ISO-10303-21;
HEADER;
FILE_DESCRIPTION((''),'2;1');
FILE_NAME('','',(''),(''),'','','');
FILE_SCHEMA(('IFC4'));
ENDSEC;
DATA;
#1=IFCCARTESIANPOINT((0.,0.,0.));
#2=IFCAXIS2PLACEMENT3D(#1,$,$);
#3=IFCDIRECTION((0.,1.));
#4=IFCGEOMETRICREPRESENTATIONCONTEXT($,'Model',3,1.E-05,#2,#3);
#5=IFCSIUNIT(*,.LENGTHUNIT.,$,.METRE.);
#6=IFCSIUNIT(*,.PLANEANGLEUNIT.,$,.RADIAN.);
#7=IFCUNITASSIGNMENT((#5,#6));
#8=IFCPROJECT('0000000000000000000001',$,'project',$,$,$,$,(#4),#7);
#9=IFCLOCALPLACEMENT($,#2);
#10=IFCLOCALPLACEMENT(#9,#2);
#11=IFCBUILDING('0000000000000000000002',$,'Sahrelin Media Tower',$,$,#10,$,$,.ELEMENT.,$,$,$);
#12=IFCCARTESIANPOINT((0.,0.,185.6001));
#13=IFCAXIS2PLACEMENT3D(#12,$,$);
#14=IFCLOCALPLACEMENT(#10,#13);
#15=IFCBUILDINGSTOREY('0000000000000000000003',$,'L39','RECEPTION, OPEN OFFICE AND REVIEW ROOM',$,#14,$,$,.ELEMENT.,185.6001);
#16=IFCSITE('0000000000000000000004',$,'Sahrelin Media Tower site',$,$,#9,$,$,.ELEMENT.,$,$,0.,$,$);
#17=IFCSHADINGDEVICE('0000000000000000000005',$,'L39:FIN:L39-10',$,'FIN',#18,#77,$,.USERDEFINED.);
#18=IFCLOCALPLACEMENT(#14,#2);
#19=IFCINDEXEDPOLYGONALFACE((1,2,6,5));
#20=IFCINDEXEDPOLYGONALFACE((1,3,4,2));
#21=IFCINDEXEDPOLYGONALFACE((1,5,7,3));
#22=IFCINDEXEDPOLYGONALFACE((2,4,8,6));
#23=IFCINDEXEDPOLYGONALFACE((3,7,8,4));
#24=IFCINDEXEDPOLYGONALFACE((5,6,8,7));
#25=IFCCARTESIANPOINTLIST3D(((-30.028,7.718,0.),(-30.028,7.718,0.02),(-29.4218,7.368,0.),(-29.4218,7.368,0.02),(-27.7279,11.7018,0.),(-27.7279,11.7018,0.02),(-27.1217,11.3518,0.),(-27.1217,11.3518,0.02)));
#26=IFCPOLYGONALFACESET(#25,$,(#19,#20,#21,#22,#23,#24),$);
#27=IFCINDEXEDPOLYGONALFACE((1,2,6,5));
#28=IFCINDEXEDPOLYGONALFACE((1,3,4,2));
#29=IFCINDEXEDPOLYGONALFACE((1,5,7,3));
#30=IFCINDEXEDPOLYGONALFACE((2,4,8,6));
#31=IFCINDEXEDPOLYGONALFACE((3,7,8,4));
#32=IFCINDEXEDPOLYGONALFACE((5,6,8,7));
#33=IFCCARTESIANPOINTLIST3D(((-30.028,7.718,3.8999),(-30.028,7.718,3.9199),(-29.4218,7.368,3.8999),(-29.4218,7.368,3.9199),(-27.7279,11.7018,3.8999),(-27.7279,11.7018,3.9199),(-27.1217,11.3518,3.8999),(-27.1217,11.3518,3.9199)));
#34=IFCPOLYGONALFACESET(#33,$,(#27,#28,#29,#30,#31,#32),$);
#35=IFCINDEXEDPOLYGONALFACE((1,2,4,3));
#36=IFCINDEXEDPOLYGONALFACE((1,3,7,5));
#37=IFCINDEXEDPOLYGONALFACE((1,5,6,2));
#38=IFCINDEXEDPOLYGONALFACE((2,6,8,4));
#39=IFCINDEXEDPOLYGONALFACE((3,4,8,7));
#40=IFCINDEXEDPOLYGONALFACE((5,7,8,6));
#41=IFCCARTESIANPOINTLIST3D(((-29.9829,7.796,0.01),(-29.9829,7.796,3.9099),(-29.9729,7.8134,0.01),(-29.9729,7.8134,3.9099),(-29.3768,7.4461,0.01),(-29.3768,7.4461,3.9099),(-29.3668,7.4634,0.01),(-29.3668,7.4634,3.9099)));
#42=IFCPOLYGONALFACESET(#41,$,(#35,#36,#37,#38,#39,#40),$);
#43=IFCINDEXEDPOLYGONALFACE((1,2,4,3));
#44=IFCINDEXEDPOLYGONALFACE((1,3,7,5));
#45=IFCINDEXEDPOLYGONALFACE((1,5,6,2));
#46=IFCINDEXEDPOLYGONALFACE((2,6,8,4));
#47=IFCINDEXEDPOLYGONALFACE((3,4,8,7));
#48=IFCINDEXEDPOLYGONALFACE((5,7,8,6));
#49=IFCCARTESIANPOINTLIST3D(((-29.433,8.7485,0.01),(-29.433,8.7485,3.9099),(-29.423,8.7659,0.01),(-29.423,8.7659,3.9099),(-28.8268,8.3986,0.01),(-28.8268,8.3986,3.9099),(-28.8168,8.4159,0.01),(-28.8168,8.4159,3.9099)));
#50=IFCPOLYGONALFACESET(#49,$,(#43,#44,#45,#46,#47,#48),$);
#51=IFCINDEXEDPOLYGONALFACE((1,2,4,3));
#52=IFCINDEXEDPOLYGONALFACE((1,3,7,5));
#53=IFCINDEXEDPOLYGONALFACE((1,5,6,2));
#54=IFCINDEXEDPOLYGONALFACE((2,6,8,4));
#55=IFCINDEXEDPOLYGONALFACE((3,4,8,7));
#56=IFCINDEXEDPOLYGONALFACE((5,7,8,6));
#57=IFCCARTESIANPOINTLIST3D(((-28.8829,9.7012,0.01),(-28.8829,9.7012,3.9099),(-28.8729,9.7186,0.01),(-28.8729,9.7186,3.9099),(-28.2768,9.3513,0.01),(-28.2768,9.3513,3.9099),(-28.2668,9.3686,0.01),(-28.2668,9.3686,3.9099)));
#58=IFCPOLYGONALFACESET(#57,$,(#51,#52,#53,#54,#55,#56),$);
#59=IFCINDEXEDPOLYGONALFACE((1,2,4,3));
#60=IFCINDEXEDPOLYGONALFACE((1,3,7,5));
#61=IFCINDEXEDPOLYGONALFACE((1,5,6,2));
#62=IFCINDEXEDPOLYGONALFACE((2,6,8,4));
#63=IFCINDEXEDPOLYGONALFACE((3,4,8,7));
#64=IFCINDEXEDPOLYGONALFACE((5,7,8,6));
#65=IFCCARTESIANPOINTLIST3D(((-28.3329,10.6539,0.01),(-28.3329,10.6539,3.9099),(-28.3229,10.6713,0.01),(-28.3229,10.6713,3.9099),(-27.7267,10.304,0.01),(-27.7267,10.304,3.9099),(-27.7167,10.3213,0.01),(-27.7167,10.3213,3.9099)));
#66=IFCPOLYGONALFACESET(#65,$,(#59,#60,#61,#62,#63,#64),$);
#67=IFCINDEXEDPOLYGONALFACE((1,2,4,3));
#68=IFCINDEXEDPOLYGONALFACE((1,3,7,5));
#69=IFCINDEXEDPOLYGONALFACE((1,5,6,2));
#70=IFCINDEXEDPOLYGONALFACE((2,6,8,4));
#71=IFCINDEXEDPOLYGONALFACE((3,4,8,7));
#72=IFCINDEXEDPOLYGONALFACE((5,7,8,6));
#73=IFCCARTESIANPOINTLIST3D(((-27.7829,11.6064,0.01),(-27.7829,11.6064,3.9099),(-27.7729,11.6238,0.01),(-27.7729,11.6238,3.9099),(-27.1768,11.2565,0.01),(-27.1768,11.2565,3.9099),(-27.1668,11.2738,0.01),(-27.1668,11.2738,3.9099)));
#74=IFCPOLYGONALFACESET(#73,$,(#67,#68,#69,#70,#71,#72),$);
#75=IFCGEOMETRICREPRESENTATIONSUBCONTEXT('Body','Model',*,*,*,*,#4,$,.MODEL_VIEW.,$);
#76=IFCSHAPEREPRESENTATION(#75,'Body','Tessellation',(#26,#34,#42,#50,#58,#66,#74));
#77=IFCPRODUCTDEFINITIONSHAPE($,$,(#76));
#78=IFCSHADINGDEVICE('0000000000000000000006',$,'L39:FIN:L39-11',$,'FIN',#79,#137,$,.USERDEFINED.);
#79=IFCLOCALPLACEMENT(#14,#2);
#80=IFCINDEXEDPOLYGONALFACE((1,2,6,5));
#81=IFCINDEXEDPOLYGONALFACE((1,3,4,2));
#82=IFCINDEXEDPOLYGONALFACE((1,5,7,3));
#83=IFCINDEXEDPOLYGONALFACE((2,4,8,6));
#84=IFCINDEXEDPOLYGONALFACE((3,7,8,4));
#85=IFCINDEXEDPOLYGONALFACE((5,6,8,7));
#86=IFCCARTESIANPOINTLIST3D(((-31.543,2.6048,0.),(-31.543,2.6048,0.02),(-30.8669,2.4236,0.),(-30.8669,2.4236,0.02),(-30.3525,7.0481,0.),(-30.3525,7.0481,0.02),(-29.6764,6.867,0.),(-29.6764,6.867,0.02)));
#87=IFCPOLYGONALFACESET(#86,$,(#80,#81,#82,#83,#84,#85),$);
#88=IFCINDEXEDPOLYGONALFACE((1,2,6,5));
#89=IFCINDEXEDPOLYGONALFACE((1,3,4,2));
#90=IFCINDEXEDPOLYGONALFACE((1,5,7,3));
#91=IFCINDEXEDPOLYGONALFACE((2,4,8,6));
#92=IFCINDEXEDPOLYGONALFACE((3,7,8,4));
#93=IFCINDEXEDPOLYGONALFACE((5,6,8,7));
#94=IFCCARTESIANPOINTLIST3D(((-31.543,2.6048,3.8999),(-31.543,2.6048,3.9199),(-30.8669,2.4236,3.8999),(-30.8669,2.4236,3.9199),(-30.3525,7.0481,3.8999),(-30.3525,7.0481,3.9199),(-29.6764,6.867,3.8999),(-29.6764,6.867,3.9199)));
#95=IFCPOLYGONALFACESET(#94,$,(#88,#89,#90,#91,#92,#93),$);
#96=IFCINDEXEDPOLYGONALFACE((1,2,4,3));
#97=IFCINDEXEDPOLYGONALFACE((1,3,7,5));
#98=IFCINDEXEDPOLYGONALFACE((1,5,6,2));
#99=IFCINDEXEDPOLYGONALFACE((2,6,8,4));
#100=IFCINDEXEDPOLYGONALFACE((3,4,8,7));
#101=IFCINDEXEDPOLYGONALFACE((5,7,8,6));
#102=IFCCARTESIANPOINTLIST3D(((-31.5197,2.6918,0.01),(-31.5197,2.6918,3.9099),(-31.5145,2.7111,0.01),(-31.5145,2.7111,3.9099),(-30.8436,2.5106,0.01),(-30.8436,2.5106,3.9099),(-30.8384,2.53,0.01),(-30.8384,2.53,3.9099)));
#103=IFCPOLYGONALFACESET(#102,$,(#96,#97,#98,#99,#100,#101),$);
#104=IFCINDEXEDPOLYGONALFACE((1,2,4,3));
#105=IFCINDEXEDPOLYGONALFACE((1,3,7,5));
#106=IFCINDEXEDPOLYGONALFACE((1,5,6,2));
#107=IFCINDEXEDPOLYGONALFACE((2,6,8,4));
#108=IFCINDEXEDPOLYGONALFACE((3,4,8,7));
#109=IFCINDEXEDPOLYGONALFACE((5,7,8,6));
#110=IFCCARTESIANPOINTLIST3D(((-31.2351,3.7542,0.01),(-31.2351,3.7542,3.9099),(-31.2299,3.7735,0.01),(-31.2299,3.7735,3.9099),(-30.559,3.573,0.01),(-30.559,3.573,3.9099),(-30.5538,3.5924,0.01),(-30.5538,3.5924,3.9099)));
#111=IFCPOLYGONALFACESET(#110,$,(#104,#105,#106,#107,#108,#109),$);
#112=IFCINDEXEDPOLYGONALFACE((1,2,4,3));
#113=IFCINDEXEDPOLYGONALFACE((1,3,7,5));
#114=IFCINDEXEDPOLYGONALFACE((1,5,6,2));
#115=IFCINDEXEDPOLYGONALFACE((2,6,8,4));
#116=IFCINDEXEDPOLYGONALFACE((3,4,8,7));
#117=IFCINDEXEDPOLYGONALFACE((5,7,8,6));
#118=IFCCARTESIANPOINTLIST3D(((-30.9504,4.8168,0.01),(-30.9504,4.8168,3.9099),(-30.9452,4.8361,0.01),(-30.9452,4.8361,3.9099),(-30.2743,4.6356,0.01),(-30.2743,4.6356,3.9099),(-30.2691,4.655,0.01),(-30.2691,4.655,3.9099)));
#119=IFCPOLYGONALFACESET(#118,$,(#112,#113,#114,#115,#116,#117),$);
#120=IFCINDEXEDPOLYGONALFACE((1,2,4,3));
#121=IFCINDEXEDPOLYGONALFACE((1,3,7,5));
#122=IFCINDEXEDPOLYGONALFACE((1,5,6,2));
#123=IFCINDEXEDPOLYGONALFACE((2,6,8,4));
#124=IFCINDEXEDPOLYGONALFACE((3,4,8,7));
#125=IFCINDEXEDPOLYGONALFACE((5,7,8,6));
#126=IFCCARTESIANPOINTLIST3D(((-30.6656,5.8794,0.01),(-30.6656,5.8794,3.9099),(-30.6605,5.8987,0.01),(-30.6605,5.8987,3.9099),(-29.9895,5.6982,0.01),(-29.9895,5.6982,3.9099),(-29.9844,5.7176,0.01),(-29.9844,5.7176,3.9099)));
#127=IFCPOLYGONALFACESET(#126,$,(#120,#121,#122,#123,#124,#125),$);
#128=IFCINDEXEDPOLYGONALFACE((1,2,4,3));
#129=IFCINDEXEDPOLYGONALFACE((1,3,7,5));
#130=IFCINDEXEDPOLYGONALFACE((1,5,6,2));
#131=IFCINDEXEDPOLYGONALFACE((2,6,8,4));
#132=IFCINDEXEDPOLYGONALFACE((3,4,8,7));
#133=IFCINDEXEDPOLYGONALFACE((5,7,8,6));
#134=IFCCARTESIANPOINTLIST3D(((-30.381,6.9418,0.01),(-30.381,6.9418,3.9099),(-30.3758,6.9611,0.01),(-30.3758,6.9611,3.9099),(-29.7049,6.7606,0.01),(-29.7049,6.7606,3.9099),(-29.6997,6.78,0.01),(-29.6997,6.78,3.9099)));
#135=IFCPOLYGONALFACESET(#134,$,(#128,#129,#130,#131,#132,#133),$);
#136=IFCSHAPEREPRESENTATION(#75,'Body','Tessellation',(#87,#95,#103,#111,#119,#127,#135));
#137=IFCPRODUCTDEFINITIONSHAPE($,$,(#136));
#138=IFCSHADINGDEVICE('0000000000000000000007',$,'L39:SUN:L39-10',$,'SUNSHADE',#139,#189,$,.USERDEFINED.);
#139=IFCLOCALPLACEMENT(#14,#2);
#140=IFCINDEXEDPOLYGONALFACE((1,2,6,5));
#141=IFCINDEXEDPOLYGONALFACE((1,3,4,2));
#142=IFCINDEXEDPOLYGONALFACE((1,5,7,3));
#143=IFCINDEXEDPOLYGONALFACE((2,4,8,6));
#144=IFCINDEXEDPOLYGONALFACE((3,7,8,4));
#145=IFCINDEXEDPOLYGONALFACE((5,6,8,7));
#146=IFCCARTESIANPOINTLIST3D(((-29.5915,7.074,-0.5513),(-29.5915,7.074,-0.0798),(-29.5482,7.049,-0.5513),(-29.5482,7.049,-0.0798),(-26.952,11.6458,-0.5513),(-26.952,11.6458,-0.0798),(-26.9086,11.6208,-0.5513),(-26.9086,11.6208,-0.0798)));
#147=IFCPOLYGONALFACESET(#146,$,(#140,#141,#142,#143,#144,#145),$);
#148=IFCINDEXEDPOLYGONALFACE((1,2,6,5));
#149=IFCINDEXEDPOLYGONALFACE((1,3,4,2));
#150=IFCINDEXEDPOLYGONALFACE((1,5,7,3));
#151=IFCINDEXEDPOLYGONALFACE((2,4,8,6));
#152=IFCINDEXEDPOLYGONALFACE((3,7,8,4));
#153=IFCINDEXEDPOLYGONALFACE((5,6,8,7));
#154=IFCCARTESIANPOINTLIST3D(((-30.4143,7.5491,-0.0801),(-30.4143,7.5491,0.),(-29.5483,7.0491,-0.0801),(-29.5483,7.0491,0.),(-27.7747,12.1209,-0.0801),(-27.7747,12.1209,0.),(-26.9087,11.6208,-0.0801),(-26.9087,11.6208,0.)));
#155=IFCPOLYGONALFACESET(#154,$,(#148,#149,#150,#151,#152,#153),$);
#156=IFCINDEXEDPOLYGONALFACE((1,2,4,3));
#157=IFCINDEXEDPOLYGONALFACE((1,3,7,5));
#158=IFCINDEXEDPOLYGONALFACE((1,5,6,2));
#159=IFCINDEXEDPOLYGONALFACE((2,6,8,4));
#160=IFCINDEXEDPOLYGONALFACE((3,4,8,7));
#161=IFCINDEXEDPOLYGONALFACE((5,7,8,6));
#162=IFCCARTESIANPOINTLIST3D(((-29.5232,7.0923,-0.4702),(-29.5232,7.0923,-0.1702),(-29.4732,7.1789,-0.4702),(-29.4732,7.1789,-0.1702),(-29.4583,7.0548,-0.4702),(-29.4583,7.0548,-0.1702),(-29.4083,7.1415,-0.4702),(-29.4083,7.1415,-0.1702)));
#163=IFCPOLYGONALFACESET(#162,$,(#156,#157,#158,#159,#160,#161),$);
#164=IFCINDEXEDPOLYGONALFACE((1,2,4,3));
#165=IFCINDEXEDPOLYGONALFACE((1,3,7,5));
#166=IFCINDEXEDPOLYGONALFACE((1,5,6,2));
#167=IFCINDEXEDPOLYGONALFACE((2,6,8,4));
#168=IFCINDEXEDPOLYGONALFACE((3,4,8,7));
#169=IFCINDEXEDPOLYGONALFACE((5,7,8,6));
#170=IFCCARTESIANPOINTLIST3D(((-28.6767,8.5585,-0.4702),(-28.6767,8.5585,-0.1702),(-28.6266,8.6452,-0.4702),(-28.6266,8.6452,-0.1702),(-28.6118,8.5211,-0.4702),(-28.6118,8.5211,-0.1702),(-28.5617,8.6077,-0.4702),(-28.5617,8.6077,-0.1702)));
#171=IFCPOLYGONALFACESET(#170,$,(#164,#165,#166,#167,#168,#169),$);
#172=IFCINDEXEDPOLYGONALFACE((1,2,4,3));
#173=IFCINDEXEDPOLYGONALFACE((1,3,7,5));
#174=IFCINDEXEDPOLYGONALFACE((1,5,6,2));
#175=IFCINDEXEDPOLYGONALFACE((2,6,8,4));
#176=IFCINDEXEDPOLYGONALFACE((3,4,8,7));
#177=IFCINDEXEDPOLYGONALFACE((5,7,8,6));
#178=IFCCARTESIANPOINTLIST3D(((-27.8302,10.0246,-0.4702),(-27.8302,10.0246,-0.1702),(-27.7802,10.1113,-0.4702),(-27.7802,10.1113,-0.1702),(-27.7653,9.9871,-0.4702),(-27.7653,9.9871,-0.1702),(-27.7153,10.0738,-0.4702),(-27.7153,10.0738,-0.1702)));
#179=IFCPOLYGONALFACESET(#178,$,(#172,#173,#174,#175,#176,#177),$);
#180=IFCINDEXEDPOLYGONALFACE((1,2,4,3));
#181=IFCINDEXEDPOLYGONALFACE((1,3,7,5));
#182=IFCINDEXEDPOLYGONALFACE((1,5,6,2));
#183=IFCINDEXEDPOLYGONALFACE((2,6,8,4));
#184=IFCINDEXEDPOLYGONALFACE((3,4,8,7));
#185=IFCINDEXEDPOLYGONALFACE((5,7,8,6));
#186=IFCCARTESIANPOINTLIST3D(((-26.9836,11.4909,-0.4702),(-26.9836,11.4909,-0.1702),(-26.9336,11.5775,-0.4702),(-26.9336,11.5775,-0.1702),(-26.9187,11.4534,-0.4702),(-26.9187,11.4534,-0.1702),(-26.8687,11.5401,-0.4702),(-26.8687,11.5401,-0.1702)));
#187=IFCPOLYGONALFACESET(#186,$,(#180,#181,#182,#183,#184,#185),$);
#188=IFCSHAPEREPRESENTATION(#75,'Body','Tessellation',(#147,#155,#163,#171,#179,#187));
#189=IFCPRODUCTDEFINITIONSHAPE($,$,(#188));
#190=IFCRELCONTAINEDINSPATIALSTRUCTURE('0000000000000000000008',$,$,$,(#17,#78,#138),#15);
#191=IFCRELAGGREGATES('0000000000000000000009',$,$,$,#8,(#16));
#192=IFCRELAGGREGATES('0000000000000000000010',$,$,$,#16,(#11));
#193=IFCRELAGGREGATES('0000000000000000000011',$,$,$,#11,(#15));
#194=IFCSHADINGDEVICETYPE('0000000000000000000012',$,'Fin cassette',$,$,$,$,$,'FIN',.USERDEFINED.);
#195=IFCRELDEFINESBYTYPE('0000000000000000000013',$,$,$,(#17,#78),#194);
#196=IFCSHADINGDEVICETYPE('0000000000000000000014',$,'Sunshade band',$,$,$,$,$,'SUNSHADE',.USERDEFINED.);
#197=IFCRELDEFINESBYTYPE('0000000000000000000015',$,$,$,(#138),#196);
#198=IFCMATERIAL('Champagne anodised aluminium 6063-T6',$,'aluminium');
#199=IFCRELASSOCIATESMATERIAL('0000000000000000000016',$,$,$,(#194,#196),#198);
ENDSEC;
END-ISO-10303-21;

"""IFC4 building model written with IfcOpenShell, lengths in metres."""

from ifc_helpers import new_model, si_unit, direction, frame, origin, origin_2d, place, context, subcontext, project, spatial, rectangle, extrude, material, type_object, element, save


model = new_model("IFC4")

# Units and contexts
model_context = context("Model", 3, precision=1e-05, world=origin(), true_north=direction((0.0, 1.0)))
body_context = subcontext(model_context, "Body", "Model", "MODEL_VIEW")
ifc_project = project(units=[si_unit("LENGTHUNIT", "METRE"), si_unit("PLANEANGLEUNIT", "RADIAN")], contexts=[model_context])

# Site, building, storey
site_placement = place(None, origin())
site = spatial("IfcSite", under=ifc_project, at=site_placement, Name="Sahrelin Media Tower site", CompositionType="ELEMENT", RefElevation=0.0)
building_placement = place(site_placement, origin())
building = spatial("IfcBuilding", under=site, at=building_placement, Name="Sahrelin Media Tower", CompositionType="ELEMENT")
storey_placement = place(building_placement, frame((0.0, 0.0, 185.6001)))
storey = spatial("IfcBuildingStorey", under=building, at=storey_placement, Name="L39", Description="RECEPTION, OPEN OFFICE AND REVIEW ROOM", CompositionType="ELEMENT", Elevation=185.6001)

# Shared definitions
ifc_material_1 = material(Name="Champagne anodised aluminium 6063-T6", Category="aluminium")

# Shading devices
shading_device_type_1 = type_object("IfcShadingDeviceType", Name="Fin cassette", ElementType="FIN", PredefinedType="USERDEFINED", material=ifc_material_1)
placement_1 = place(storey_placement, frame((-28.2112, 9.325, 0.0), z_axis=(0.0, 0.0, 1.0), x_axis=(0.500011, 0.866019, 0.0)))
element("IfcShadingDevice", 1, at=placement_1, inside=storey, type_object=shading_device_type_1, Name="L39:FIN:L39-10", ObjectType="FIN", PredefinedType="USERDEFINED", context=body_context, shape_type="SweptSolid", body=[
    extrude(rectangle(XDim=4.6001, YDim=0.7, at=origin_2d()), frame((0.0, 0.4199, 0.0)), (0.0, 0.0, 1.0), 0.02),
    extrude(rectangle(XDim=4.6001, YDim=0.7, at=origin_2d()), frame((0.0, 0.4199, 3.8999)), (0.0, 0.0, 1.0), 0.02),
    extrude(rectangle(XDim=0.02, YDim=0.7, at=origin_2d()), frame((-2.2, 0.4199, 0.01), z_axis=(0.0, 0.0, 1.0), x_axis=(1.0, 0.0, 0.0)), (0.0, 0.0, 1.0), 3.8999),
    extrude(rectangle(XDim=0.02, YDim=0.7, at=origin_2d()), frame((-1.1001, 0.4199, 0.01), z_axis=(0.0, 0.0, 1.0), x_axis=(1.0, 0.0, 0.0)), (0.0, 0.0, 1.0), 3.8999),
    extrude(rectangle(XDim=0.02, YDim=0.7, at=origin_2d()), frame((0.0, 0.4199, 0.01), z_axis=(0.0, 0.0, 1.0), x_axis=(1.0, 0.0, 0.0)), (0.0, 0.0, 1.0), 3.8999),
    extrude(rectangle(XDim=0.02, YDim=0.7, at=origin_2d()), frame((1.1001, 0.4199, 0.01), z_axis=(0.0, 0.0, 1.0), x_axis=(1.0, 0.0, 0.0)), (0.0, 0.0, 1.0), 3.8999),
    extrude(rectangle(XDim=0.02, YDim=0.7, at=origin_2d()), frame((2.2, 0.4199, 0.01), z_axis=(0.0, 0.0, 1.0), x_axis=(1.0, 0.0, 0.0)), (0.0, 0.0, 1.0), 3.8999),
])
placement_2 = place(storey_placement, frame((-30.2041, 4.6272, 0.0), z_axis=(0.0, 0.0, 1.0), x_axis=(0.258808, 0.965929, 0.0)))
element("IfcShadingDevice", 2, at=placement_2, inside=storey, type_object=shading_device_type_1, Name="L39:FIN:L39-11", ObjectType="FIN", PredefinedType="USERDEFINED", context=body_context, shape_type="SweptSolid", body=[
    extrude(rectangle(XDim=4.6001, YDim=0.7, at=origin_2d()), frame((0.0, 0.4199, 0.0)), (0.0, 0.0, 1.0), 0.02),
    extrude(rectangle(XDim=4.6001, YDim=0.7, at=origin_2d()), frame((0.0, 0.4199, 3.8999)), (0.0, 0.0, 1.0), 0.02),
    extrude(rectangle(XDim=0.02, YDim=0.7, at=origin_2d()), frame((-2.2, 0.4199, 0.01), z_axis=(0.0, 0.0, 1.0), x_axis=(1.0, 0.0, 0.0)), (0.0, 0.0, 1.0), 3.8999),
    extrude(rectangle(XDim=0.02, YDim=0.7, at=origin_2d()), frame((-1.1001, 0.4199, 0.01), z_axis=(0.0, 0.0, 1.0), x_axis=(1.0, 0.0, 0.0)), (0.0, 0.0, 1.0), 3.8999),
    extrude(rectangle(XDim=0.02, YDim=0.7, at=origin_2d()), frame((0.0, 0.4199, 0.01), z_axis=(0.0, 0.0, 1.0), x_axis=(1.0, 0.0, 0.0)), (0.0, 0.0, 1.0), 3.8999),
    extrude(rectangle(XDim=0.02, YDim=0.7, at=origin_2d()), frame((1.1001, 0.4199, 0.01), z_axis=(0.0, 0.0, 1.0), x_axis=(1.0, 0.0, 0.0)), (0.0, 0.0, 1.0), 3.8999),
    extrude(rectangle(XDim=0.02, YDim=0.7, at=origin_2d()), frame((2.2, 0.4199, 0.01), z_axis=(0.0, 0.0, 1.0), x_axis=(1.0, 0.0, 0.0)), (0.0, 0.0, 1.0), 3.8999),
])
shading_device_type_2 = type_object("IfcShadingDeviceType", Name="Sunshade band", ElementType="SUNSHADE", PredefinedType="USERDEFINED", material=ifc_material_1)
element("IfcShadingDevice", 3, at=placement_1, inside=storey, type_object=shading_device_type_2, Name="L39:SUN:L39-10", ObjectType="SUNSHADE", PredefinedType="USERDEFINED", context=body_context, shape_type="SweptSolid", body=[
    extrude(rectangle(XDim=5.2791, YDim=0.05, at=origin_2d()), frame((0.0, 0.0449, -0.5513)), (0.0, 0.0, 1.0), 0.4714),
    extrude(rectangle(XDim=5.2791, YDim=1.0, at=origin_2d()), frame((0.0, 0.52, -0.0801)), (0.0, 0.0, 1.0), 0.0801),
    extrude(rectangle(XDim=0.1001, YDim=0.075, at=origin_2d()), frame((-2.5396, -0.0176, -0.4702)), (0.0, 0.0, 1.0), 0.3),
    extrude(rectangle(XDim=0.1001, YDim=0.075, at=origin_2d()), frame((-0.8464, -0.0176, -0.4702)), (0.0, 0.0, 1.0), 0.3),
    extrude(rectangle(XDim=0.1001, YDim=0.075, at=origin_2d()), frame((0.8464, -0.0176, -0.4702)), (0.0, 0.0, 1.0), 0.3),
    extrude(rectangle(XDim=0.1001, YDim=0.075, at=origin_2d()), frame((2.5396, -0.0176, -0.4702)), (0.0, 0.0, 1.0), 0.3),
])

save(model, "model.ifc")
